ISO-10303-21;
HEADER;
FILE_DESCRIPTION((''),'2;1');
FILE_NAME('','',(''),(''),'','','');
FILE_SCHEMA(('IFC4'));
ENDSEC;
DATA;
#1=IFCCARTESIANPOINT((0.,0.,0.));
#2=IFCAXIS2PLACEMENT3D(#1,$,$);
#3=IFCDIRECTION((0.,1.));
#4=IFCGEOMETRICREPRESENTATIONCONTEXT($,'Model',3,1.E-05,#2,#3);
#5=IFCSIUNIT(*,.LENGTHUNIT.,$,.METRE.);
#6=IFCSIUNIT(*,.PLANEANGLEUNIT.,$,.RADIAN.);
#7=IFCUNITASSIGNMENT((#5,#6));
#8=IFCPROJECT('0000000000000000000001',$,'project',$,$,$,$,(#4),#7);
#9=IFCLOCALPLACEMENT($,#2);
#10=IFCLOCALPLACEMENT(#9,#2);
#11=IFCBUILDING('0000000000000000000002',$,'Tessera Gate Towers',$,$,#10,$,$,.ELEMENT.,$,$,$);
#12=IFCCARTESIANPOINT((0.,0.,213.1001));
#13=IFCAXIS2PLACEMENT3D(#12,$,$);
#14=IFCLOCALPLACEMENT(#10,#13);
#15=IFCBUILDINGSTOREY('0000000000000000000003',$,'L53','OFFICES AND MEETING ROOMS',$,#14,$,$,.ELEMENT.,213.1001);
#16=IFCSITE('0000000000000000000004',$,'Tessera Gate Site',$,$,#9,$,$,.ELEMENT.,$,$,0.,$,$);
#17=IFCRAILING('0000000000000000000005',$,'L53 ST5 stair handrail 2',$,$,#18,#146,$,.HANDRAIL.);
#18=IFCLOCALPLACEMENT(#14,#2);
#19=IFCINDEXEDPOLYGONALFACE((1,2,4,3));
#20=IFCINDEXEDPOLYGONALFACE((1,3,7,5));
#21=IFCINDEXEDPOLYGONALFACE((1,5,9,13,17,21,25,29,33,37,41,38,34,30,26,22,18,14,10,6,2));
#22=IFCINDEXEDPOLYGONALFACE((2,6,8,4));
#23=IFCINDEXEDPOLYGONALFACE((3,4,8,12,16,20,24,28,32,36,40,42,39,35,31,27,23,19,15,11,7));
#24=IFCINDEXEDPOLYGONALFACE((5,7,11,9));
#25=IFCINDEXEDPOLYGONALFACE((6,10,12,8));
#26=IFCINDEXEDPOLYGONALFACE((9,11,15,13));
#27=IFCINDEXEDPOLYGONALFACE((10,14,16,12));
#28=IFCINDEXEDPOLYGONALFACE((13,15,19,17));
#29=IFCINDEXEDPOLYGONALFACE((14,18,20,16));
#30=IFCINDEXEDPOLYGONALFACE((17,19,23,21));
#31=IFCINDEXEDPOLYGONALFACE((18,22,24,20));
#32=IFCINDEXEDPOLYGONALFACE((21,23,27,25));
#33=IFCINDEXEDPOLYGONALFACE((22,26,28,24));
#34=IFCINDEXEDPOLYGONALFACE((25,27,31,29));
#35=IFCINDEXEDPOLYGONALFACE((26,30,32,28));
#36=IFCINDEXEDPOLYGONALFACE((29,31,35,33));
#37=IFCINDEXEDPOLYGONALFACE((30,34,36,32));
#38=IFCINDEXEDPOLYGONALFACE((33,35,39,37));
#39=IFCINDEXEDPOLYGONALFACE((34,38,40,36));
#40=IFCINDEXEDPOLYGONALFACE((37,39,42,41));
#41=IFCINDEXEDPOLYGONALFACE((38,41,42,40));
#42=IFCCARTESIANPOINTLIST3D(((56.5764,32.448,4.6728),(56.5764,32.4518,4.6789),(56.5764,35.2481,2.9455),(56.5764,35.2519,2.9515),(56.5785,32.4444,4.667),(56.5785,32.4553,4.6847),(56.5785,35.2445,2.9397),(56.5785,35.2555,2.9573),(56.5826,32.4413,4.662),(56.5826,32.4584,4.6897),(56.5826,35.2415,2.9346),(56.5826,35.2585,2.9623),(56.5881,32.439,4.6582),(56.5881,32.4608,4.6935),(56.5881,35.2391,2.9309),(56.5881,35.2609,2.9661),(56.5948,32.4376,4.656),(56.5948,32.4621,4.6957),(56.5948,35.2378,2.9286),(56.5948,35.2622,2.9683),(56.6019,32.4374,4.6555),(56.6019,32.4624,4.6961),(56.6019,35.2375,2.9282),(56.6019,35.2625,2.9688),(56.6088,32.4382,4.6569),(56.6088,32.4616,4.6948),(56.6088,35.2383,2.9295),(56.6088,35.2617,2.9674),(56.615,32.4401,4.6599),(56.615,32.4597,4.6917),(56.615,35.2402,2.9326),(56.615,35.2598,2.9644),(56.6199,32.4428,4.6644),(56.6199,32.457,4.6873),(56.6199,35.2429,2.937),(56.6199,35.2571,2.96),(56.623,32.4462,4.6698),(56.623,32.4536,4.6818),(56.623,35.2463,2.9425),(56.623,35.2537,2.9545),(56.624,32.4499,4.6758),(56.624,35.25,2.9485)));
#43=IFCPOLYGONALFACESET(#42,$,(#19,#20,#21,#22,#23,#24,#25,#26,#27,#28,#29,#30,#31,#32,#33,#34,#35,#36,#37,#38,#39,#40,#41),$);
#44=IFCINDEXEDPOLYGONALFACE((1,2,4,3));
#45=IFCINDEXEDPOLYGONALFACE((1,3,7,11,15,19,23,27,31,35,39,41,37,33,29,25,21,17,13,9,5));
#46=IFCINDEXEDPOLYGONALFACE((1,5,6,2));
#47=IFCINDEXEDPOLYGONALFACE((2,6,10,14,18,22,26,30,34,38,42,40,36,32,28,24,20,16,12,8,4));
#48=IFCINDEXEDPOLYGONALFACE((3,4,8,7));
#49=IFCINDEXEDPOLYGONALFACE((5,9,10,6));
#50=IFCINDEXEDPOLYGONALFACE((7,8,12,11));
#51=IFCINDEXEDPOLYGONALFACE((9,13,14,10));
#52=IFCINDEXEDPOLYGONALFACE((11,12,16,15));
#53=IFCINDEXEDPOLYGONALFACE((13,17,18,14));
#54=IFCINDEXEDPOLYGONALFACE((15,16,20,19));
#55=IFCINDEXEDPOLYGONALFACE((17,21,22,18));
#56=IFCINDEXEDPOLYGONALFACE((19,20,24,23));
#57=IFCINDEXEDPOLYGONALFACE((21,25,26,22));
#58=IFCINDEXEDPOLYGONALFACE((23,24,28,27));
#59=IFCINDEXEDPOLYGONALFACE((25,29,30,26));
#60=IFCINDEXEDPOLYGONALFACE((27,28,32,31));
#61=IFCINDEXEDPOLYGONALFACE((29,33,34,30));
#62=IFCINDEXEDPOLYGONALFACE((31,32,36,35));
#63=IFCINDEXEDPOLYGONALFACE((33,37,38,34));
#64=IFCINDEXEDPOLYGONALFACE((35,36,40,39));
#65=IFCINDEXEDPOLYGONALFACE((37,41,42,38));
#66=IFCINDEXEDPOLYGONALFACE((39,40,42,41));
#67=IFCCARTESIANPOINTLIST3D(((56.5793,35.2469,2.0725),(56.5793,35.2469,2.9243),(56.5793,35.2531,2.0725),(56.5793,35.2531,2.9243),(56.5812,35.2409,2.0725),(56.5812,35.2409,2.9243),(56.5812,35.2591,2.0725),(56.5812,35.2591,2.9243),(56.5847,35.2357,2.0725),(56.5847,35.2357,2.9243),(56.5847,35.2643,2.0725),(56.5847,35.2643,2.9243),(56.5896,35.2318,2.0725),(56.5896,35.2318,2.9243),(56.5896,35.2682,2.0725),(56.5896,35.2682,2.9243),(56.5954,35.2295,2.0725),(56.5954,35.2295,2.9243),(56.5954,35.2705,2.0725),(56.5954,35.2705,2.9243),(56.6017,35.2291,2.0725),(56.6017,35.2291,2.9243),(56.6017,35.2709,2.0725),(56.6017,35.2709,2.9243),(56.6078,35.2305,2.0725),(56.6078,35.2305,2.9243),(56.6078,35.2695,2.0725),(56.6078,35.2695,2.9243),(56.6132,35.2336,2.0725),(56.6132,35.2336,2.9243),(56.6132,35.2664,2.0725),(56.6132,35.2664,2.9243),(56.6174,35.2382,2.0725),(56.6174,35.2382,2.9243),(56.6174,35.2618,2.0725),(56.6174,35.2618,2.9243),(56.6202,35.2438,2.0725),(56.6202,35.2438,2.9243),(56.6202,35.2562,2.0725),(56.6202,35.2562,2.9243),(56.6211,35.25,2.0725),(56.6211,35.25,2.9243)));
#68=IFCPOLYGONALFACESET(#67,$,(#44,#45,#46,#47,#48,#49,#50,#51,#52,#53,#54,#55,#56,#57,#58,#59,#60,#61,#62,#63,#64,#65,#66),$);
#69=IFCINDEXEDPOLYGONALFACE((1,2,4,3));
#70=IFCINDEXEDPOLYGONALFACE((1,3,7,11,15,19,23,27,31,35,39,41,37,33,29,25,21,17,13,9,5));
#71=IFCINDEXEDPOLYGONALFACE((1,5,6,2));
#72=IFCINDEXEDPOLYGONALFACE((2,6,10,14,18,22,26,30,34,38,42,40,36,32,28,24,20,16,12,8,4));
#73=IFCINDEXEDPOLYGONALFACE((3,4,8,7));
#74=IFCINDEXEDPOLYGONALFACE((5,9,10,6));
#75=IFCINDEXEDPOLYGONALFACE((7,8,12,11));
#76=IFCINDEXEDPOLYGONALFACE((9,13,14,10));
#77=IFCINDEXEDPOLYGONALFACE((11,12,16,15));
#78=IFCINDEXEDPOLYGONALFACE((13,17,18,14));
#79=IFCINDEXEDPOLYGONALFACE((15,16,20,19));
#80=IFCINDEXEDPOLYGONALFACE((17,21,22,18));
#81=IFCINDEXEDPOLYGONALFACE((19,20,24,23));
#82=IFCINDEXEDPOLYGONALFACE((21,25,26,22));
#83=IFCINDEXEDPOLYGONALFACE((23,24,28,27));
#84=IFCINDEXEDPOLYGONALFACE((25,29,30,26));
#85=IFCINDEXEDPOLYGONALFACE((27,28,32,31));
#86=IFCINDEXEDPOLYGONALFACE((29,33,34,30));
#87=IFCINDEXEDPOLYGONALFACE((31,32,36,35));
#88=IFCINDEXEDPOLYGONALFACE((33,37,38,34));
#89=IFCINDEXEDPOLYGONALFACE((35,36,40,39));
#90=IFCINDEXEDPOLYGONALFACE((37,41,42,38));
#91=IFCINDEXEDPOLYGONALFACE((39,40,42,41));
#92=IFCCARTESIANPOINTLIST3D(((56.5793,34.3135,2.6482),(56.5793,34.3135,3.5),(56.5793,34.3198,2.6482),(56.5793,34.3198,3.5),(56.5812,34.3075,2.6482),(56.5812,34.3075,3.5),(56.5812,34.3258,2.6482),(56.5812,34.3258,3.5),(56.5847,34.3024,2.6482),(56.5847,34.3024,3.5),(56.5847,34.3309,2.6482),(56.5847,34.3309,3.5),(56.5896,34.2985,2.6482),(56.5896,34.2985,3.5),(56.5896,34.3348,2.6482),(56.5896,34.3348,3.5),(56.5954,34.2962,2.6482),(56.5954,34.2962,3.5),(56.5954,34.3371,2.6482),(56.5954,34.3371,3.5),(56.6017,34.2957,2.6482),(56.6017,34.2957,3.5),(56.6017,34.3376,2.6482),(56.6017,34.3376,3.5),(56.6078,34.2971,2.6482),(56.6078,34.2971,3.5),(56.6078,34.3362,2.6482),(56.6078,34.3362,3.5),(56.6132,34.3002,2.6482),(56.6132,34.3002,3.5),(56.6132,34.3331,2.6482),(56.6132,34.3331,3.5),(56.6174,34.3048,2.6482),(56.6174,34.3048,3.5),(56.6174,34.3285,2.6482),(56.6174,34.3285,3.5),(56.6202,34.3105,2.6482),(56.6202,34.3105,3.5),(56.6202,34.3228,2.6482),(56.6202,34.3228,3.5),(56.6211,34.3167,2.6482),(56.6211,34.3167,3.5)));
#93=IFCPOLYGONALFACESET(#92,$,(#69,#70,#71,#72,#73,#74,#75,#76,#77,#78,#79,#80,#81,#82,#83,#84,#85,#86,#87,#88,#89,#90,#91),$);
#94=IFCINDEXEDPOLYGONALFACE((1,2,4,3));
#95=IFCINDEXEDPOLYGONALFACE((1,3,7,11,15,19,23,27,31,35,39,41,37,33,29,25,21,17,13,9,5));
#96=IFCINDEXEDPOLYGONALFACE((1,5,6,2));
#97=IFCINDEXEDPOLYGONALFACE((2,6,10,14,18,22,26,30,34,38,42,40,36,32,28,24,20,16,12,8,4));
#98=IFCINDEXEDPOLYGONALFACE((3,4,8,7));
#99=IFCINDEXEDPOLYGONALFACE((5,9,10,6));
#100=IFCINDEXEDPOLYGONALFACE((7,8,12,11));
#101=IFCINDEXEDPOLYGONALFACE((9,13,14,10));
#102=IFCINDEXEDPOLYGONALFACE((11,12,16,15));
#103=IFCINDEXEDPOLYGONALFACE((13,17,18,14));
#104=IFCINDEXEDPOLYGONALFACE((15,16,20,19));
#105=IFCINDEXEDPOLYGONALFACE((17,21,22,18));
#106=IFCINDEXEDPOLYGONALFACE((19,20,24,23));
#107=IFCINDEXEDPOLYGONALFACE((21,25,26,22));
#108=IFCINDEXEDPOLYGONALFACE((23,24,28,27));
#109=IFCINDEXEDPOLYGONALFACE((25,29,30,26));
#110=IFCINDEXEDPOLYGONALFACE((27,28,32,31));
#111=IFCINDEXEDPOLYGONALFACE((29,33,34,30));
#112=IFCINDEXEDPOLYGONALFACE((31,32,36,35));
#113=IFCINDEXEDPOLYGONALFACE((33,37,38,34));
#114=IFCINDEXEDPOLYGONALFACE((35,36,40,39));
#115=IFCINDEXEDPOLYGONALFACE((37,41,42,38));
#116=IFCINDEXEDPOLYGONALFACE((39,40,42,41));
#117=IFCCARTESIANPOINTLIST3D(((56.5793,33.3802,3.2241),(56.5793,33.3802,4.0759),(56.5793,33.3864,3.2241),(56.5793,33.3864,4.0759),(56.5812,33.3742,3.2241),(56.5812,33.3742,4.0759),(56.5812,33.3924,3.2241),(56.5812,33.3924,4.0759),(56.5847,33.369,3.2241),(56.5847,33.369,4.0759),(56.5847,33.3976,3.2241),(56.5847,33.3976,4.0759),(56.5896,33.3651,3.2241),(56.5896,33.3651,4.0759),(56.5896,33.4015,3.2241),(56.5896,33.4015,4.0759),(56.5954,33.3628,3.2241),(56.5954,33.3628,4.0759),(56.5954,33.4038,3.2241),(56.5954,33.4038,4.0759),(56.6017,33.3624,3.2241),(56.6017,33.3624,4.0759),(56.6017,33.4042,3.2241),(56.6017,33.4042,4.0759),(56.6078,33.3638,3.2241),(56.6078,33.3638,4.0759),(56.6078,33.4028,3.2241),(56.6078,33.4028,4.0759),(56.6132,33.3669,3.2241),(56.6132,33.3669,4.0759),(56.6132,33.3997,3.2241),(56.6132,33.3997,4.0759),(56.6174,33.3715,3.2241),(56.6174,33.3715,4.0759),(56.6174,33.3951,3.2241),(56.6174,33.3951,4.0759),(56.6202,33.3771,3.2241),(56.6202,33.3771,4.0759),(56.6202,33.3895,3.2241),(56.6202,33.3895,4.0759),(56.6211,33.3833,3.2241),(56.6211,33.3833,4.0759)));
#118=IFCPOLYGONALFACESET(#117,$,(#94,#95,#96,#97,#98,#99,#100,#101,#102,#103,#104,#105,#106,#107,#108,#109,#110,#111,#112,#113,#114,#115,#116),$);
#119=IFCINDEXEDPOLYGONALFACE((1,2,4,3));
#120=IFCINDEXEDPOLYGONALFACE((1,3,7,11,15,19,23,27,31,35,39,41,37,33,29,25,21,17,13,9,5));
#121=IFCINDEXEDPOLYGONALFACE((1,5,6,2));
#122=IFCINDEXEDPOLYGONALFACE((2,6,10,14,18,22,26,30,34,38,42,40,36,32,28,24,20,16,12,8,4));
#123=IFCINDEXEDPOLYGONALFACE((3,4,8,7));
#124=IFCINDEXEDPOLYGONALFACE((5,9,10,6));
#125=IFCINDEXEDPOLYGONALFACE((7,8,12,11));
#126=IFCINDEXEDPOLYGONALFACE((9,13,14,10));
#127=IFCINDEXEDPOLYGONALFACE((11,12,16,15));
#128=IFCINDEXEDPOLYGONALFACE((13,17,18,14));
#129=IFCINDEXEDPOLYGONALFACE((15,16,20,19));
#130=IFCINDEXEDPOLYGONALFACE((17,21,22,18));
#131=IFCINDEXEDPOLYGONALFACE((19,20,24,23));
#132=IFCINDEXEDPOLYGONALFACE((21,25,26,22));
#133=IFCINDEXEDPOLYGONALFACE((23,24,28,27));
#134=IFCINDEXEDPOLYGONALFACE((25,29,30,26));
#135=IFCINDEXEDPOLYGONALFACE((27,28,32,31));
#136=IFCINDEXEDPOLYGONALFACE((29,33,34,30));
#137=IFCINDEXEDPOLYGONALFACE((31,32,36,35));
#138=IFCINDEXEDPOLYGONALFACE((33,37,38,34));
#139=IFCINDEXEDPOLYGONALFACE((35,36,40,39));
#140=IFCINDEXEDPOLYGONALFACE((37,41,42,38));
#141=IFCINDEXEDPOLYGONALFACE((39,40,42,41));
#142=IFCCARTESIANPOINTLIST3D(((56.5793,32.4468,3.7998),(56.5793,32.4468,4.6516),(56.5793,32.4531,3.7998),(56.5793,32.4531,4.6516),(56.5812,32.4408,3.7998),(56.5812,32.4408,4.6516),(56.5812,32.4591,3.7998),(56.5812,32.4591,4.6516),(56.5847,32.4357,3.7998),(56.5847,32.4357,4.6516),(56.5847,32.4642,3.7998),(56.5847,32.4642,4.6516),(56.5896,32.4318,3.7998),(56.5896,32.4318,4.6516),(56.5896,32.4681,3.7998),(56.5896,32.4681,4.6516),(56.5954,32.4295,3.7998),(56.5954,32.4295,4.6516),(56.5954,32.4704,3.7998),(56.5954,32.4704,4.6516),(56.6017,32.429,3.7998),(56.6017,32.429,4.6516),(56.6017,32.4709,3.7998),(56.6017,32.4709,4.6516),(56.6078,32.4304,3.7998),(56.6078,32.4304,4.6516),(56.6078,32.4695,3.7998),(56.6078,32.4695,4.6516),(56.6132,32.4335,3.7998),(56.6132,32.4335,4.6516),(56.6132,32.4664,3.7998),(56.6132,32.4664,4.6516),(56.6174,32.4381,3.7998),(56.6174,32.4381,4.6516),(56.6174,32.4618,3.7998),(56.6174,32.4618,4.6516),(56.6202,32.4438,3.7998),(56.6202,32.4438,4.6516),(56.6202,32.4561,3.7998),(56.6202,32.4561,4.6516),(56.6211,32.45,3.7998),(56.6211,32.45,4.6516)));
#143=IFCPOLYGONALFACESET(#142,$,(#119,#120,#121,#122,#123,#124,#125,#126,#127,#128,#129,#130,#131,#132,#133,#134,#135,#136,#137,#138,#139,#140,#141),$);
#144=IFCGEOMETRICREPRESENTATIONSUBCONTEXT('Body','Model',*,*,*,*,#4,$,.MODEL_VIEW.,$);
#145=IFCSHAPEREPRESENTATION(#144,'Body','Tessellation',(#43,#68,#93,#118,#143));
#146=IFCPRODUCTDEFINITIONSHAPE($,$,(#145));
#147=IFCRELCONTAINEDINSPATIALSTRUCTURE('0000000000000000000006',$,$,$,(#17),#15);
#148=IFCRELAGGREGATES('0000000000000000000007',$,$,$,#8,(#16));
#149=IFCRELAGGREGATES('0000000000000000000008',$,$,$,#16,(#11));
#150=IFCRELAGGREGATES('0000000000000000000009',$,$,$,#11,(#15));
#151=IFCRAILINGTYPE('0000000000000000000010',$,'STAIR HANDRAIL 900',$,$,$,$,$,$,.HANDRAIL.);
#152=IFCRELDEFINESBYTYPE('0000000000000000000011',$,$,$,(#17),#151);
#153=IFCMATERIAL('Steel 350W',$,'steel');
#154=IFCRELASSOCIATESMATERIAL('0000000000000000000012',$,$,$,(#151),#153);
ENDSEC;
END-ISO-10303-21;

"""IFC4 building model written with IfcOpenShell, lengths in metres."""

from ifc_helpers import new_model, si_unit, direction, frame, origin, origin_2d, place, context, subcontext, project, spatial, circle, extrude, material, type_object, element, save


model = new_model("IFC4")

# Units and contexts
model_context = context("Model", 3, precision=1e-05, world=origin(), true_north=direction((0.0, 1.0)))
body_context = subcontext(model_context, "Body", "Model", "MODEL_VIEW")
ifc_project = project(units=[si_unit("LENGTHUNIT", "METRE"), si_unit("PLANEANGLEUNIT", "RADIAN")], contexts=[model_context])

# Site, building, storey
site_placement = place(None, origin())
site = spatial("IfcSite", under=ifc_project, at=site_placement, Name="Tessera Gate Site", CompositionType="ELEMENT", RefElevation=0.0)
building_placement = place(site_placement, origin())
building = spatial("IfcBuilding", under=site, at=building_placement, Name="Tessera Gate Towers", CompositionType="ELEMENT")
storey_placement = place(building_placement, frame((0.0, 0.0, 213.1001)))
storey = spatial("IfcBuildingStorey", under=building, at=storey_placement, Name="L53", Description="OFFICES AND MEETING ROOMS", CompositionType="ELEMENT", Elevation=213.1001)

# Railing
ifc_material_1 = material(Name="Steel 350W", Category="steel")
railing_type_1 = type_object("IfcRailingType", Name="STAIR HANDRAIL 900", PredefinedType="HANDRAIL", material=ifc_material_1)
railing_1_placement = place(storey_placement, frame((56.6001, 35.25, 2.0725)))
element("IfcRailing", 1, at=railing_1_placement, inside=storey, type_object=railing_type_1, Name="L53 ST5 stair handrail 2", PredefinedType="HANDRAIL", context=body_context, shape_type="SweptSolid", body=[
    extrude(circle(Radius=0.0239, at=origin_2d()), frame((0.0, 0.0, 0.876), z_axis=(0.0, -0.85109, 0.52502), x_axis=(1.0, 0.0, 0.0)), (0.0, 0.0, 1.0), 3.29),
    extrude(circle(Radius=0.021, at=origin_2d()), origin(), (0.0, 0.0, 1.0), 0.8518),
    extrude(circle(Radius=0.021, at=origin_2d()), frame((0.0, -0.9333, 0.5757)), (0.0, 0.0, 1.0), 0.8518),
    extrude(circle(Radius=0.021, at=origin_2d()), frame((0.0, -1.8667, 1.1516)), (0.0, 0.0, 1.0), 0.8518),
    extrude(circle(Radius=0.021, at=origin_2d()), frame((0.0, -2.8, 1.7273)), (0.0, 0.0, 1.0), 0.8518),
])

save(model, "model.ifc")
